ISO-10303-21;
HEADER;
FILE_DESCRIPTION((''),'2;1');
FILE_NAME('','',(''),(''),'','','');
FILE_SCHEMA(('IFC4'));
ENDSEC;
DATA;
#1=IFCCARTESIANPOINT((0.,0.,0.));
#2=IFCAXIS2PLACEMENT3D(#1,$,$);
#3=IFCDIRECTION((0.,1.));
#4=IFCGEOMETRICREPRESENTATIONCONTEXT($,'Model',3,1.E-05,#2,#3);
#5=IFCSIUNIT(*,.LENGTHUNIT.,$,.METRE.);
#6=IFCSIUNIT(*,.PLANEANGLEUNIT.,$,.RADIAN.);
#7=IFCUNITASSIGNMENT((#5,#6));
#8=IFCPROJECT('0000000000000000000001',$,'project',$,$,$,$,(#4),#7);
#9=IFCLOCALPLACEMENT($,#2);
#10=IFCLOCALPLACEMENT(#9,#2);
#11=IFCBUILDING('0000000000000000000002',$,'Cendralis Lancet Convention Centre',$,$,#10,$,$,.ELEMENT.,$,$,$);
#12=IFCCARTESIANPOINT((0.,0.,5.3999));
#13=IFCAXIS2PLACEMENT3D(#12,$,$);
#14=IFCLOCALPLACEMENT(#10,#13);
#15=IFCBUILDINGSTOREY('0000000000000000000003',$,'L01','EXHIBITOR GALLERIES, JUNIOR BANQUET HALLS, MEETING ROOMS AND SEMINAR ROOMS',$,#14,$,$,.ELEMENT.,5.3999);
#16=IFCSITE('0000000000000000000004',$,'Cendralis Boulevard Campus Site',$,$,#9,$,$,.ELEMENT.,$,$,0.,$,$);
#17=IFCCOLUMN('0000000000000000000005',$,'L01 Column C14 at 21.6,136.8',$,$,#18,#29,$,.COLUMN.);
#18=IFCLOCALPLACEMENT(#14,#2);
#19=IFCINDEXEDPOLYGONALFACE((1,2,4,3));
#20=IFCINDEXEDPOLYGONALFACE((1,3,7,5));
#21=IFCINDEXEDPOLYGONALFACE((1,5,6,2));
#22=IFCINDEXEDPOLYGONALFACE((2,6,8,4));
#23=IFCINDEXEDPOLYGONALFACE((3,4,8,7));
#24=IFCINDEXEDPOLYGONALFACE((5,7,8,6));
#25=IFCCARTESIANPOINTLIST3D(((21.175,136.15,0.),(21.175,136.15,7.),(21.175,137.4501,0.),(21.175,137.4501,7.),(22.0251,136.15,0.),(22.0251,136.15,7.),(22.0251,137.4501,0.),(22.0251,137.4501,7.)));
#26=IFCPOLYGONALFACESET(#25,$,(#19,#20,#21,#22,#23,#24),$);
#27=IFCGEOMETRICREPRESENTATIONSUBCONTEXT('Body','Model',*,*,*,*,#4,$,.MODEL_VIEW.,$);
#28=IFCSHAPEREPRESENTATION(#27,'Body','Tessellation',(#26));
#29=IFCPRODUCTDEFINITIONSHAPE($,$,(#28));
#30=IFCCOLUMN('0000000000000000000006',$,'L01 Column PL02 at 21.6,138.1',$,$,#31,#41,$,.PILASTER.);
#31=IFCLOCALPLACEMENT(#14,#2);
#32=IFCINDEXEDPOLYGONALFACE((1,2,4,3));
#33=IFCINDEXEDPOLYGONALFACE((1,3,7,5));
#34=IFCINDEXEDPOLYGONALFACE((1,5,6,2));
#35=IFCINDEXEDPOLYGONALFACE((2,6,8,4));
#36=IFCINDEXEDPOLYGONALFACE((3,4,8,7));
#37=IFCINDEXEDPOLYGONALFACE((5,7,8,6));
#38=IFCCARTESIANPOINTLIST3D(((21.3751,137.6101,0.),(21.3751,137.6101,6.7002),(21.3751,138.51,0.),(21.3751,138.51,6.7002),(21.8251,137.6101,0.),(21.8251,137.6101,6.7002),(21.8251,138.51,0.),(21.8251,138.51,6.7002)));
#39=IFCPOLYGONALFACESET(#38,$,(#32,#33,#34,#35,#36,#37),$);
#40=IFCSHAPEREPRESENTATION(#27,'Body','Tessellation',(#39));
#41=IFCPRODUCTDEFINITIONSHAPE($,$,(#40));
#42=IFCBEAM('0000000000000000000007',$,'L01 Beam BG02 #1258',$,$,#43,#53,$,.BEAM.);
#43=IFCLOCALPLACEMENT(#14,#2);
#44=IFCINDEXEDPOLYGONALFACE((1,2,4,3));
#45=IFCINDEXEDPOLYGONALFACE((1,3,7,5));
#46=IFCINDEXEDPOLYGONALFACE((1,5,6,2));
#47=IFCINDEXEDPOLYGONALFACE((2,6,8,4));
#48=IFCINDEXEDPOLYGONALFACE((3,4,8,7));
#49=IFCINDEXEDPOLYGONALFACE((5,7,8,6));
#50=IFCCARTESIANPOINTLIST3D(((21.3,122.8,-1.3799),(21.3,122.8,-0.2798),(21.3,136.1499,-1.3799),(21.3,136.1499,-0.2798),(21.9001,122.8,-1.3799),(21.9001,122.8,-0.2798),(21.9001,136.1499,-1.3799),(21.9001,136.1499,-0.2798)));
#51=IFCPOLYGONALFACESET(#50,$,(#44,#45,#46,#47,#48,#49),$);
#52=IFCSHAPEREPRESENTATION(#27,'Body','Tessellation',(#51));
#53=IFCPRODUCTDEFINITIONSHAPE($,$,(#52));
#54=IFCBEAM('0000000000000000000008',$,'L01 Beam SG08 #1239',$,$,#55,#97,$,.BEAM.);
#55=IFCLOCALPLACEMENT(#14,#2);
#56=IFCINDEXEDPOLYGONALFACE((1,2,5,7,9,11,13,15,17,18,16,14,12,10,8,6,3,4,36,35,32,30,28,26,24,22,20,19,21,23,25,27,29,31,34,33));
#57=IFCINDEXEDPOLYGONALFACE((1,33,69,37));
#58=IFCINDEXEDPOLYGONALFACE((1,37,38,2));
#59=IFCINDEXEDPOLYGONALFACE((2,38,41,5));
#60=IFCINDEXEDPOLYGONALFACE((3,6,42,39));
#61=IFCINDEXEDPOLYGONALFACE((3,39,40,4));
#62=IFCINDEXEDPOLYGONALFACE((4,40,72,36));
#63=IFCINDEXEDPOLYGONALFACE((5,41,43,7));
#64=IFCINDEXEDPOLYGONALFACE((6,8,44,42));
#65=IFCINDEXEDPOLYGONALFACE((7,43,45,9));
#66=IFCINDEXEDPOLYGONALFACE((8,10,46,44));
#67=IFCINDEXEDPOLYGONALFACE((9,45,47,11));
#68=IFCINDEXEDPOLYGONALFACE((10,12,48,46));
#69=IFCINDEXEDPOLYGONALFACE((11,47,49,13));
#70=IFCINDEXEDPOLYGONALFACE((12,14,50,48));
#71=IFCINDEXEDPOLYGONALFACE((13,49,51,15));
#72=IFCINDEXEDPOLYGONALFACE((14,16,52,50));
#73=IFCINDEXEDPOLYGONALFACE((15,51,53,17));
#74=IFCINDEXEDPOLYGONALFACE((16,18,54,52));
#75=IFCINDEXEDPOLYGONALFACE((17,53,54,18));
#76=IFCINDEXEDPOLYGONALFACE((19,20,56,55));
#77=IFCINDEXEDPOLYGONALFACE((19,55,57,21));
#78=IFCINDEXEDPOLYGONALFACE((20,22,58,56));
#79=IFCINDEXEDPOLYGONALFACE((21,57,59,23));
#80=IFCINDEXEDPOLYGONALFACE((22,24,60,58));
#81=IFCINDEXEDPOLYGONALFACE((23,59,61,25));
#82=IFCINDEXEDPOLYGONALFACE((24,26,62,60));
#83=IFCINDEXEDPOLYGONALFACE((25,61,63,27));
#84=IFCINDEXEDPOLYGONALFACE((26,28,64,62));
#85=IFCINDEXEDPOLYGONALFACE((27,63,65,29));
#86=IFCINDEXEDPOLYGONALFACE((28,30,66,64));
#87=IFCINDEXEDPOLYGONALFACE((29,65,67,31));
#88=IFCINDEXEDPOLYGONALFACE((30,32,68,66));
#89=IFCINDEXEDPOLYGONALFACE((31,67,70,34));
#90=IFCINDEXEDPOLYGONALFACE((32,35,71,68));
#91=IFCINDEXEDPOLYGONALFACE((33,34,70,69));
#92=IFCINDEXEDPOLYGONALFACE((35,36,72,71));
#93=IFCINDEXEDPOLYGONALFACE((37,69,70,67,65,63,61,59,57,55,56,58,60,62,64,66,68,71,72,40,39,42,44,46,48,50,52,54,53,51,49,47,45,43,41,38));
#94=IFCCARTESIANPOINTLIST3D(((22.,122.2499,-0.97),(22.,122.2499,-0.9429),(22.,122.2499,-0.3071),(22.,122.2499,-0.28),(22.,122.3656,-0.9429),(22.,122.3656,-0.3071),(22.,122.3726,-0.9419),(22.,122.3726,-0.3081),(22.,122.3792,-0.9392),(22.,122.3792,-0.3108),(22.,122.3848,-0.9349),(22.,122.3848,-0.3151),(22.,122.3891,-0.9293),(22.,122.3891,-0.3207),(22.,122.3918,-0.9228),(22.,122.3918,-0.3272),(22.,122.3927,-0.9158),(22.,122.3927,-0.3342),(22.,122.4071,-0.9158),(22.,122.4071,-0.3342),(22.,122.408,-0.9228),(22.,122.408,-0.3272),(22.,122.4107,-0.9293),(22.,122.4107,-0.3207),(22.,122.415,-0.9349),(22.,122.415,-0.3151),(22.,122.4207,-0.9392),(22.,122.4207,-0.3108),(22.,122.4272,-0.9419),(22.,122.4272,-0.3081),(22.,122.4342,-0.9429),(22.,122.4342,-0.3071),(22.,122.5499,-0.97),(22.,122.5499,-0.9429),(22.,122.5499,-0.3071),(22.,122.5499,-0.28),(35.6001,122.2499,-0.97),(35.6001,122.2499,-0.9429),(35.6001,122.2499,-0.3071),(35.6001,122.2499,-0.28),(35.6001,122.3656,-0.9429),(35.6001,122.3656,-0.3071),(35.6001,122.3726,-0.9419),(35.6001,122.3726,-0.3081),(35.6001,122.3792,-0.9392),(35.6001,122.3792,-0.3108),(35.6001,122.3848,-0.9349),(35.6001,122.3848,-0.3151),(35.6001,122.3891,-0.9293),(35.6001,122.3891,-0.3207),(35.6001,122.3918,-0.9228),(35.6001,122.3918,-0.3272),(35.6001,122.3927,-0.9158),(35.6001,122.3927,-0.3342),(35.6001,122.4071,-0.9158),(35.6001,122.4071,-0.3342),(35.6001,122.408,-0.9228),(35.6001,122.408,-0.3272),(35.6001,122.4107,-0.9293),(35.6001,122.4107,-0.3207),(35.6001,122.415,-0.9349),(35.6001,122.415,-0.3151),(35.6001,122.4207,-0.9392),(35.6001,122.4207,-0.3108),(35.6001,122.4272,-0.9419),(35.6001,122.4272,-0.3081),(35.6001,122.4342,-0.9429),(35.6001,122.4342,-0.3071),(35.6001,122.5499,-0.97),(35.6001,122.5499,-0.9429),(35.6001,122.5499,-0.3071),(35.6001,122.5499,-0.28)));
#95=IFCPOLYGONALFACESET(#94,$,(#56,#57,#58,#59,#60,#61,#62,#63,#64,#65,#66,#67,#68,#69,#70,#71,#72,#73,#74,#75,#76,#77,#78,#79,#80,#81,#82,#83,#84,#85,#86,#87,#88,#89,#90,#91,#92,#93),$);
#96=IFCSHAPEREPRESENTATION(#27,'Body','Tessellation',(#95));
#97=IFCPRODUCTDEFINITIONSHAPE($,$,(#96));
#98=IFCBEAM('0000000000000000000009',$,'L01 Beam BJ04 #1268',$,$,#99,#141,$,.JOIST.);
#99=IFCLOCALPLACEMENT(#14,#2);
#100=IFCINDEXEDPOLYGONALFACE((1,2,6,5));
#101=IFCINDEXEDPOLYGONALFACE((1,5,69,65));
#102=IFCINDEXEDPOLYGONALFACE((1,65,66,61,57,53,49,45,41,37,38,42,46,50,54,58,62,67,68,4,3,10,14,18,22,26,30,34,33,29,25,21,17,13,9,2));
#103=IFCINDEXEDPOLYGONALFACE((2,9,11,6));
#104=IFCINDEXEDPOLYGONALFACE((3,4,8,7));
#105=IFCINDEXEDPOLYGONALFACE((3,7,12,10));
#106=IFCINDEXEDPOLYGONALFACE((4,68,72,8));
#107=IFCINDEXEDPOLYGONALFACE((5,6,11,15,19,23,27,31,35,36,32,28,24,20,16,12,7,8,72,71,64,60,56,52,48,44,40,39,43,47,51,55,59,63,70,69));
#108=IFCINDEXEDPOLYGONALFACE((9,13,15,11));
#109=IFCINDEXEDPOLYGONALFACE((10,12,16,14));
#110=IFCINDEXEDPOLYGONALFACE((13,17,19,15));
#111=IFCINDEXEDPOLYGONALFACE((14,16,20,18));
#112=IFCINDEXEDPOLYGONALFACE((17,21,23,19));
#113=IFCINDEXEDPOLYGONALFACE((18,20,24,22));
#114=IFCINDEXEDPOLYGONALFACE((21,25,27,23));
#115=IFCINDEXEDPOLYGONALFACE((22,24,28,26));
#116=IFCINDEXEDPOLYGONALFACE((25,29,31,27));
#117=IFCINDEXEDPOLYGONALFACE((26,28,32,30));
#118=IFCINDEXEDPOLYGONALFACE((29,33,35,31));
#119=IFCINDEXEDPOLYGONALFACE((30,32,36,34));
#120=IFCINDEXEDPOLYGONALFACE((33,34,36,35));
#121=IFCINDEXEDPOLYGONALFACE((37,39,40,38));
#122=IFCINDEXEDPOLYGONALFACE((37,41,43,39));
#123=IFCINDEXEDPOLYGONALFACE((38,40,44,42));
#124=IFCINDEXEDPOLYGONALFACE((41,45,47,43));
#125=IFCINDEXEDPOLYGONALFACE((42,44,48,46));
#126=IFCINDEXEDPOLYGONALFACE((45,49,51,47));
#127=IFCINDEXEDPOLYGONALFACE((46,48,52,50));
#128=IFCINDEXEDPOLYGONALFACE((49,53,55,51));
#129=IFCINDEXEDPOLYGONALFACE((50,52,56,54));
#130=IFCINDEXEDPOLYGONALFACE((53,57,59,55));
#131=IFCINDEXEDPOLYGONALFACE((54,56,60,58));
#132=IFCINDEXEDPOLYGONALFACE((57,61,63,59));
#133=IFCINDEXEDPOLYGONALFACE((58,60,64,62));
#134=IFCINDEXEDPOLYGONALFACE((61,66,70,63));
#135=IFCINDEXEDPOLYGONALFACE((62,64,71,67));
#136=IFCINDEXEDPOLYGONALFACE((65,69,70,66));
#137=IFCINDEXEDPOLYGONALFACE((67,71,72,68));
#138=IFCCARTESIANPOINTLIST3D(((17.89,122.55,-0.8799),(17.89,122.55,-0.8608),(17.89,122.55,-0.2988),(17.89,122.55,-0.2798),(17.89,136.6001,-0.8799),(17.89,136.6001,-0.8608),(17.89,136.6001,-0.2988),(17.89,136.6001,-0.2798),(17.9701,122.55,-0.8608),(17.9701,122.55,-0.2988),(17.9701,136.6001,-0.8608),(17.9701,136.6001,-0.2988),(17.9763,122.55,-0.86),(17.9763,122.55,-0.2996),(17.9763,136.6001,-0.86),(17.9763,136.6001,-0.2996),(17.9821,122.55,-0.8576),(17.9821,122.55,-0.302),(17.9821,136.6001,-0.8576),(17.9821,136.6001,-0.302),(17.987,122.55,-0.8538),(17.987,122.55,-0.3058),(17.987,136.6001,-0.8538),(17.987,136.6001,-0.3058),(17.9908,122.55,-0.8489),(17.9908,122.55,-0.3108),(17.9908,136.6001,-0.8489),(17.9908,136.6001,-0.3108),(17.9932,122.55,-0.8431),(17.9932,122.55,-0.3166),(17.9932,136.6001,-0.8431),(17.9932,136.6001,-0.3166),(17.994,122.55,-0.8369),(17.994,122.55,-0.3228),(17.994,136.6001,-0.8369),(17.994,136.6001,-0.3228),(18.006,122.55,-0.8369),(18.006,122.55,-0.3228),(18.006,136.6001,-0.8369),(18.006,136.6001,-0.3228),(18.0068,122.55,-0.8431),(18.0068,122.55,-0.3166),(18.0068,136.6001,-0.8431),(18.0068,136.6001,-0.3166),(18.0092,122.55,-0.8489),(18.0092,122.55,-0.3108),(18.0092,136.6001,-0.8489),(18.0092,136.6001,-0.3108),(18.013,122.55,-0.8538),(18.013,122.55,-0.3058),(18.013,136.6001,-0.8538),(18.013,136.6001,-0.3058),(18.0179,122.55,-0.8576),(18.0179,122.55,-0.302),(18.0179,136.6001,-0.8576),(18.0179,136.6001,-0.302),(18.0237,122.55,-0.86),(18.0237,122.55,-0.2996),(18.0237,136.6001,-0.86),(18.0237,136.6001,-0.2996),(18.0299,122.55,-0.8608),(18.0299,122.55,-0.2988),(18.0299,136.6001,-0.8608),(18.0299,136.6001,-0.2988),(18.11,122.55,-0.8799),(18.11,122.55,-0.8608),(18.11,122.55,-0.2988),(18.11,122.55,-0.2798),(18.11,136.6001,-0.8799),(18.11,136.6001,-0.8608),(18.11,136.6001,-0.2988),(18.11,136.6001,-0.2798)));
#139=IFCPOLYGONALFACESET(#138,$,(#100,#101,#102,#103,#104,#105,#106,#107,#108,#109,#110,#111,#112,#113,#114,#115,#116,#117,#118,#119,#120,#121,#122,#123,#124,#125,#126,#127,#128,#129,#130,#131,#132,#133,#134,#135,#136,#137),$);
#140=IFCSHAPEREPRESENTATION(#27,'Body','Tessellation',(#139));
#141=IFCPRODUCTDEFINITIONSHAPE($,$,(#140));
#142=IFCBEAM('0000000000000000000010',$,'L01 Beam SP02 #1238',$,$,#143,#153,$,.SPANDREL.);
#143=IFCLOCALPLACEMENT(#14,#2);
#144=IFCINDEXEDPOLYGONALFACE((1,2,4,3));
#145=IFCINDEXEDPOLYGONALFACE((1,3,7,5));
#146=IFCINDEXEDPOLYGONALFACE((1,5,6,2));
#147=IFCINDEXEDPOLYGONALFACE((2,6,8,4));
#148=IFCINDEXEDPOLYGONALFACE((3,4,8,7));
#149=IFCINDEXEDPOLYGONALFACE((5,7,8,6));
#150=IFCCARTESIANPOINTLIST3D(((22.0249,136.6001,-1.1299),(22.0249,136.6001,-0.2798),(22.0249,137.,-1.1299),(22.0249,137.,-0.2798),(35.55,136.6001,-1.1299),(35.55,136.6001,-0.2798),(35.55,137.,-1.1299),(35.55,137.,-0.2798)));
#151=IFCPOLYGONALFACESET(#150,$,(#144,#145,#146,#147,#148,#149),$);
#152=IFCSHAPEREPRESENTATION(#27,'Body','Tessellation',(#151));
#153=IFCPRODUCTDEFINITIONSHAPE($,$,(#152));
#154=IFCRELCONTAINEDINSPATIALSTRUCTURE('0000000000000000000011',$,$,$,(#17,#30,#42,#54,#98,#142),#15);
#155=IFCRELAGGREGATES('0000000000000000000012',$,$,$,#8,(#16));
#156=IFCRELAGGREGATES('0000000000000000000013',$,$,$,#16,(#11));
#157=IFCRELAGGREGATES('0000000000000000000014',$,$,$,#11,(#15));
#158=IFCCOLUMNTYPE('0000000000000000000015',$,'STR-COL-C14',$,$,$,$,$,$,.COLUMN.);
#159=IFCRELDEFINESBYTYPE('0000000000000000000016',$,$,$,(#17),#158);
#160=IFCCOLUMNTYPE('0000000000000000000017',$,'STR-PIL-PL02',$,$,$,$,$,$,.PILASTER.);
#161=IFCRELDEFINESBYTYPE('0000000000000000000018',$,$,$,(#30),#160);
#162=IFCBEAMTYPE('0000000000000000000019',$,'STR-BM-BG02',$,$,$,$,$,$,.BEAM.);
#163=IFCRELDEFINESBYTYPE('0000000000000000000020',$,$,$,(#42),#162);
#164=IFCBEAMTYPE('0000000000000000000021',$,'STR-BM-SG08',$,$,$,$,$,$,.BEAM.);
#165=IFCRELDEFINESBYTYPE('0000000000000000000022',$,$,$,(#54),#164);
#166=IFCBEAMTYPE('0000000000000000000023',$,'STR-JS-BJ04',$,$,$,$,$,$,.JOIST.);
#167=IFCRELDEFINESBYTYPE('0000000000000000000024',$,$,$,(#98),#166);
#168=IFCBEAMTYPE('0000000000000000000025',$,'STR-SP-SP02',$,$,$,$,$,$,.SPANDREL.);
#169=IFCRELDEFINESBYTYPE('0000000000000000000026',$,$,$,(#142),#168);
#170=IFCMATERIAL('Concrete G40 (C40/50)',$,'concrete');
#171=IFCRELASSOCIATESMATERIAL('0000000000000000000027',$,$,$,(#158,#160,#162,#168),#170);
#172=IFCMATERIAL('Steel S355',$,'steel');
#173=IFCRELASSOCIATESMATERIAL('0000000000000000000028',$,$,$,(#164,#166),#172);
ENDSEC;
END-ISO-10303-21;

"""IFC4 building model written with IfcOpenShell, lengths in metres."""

from ifc_helpers import new_model, si_unit, direction, frame, origin, origin_2d, place, context, subcontext, project, spatial, rectangle, i_section, extrude, material, material_profile, profile_set, type_object, element, save


model = new_model("IFC4")

# Units and contexts
model_context = context("Model", 3, precision=1e-05, world=origin(), true_north=direction((0.0, 1.0)))
body_context = subcontext(model_context, "Body", "Model", "MODEL_VIEW")
ifc_project = project(units=[si_unit("LENGTHUNIT", "METRE"), si_unit("PLANEANGLEUNIT", "RADIAN")], contexts=[model_context])

# Site, building, storey
site_placement = place(None, origin())
site = spatial("IfcSite", under=ifc_project, at=site_placement, Name="Cendralis Boulevard Campus Site", CompositionType="ELEMENT", RefElevation=0.0)
building_placement = place(site_placement, origin())
building = spatial("IfcBuilding", under=site, at=building_placement, Name="Cendralis Lancet Convention Centre", CompositionType="ELEMENT")
storey_placement = place(building_placement, frame((0.0, 0.0, 5.3999)))
storey = spatial("IfcBuildingStorey", under=building, at=storey_placement, Name="L01", Description="EXHIBITOR GALLERIES, JUNIOR BANQUET HALLS, MEETING ROOMS AND SEMINAR ROOMS", CompositionType="ELEMENT", Elevation=5.3999)

# Columns
ifc_material_1 = material(Name="Concrete G40 (C40/50)", Category="concrete")
ifc_material_profile_1 = material_profile(ifc_material_1, rectangle(XDim=0.8501, YDim=1.3, at=origin_2d()), Name="RC 850x1300")
ifc_profile_set_1 = profile_set([ifc_material_profile_1], Name="Concrete G40 (C40/50)")
column_type_1 = type_object("IfcColumnType", Name="STR-COL-C14", PredefinedType="COLUMN", material=ifc_profile_set_1)
column_1_placement = place(storey_placement, frame((21.6001, 136.8, 0.0), z_axis=(0.0, 0.0, 1.0), x_axis=(1.0, 0.0, 0.0)))
element("IfcColumn", 1, at=column_1_placement, inside=storey, type_object=column_type_1, Name="L01 Column C14 at 21.6,136.8", PredefinedType="COLUMN", context=body_context, shape_type="SweptSolid", body=[
    extrude(rectangle(XDim=0.8501, YDim=1.3, at=origin_2d()), origin(), (0.0, 0.0, 1.0), 7.0),
])
ifc_material_profile_2 = material_profile(ifc_material_1, rectangle(XDim=0.45, YDim=0.8999, at=origin_2d()), Name="RC 450x900")
ifc_profile_set_2 = profile_set([ifc_material_profile_2], Name="Concrete G40 (C40/50)")
column_type_2 = type_object("IfcColumnType", Name="STR-PIL-PL02", PredefinedType="PILASTER", material=ifc_profile_set_2)
column_2_placement = place(storey_placement, frame((21.6001, 138.0601, 0.0), z_axis=(0.0, 0.0, 1.0), x_axis=(1.0, 0.0, 0.0)))
element("IfcColumn", 2, at=column_2_placement, inside=storey, type_object=column_type_2, Name="L01 Column PL02 at 21.6,138.1", PredefinedType="PILASTER", context=body_context, shape_type="SweptSolid", body=[
    extrude(rectangle(XDim=0.45, YDim=0.8999, at=origin_2d()), origin(), (0.0, 0.0, 1.0), 6.7002),
])

# Beams
ifc_material_profile_3 = material_profile(ifc_material_1, rectangle(XDim=0.6001, YDim=1.1001, at=origin_2d()), Name="RCB 600x1100")
ifc_profile_set_3 = profile_set([ifc_material_profile_3], Name="Concrete G40 (C40/50)")
beam_type_1 = type_object("IfcBeamType", Name="STR-BM-BG02", PredefinedType="BEAM", material=ifc_profile_set_3)
beam_1_placement = place(storey_placement, frame((21.6001, 122.8, -0.8298), z_axis=(0.0, 1.0, 0.0), x_axis=(-1.0, 0.0, 0.0)))
element("IfcBeam", 3, at=beam_1_placement, inside=storey, type_object=beam_type_1, Name="L01 Beam BG02 #1258", PredefinedType="BEAM", context=body_context, shape_type="SweptSolid", body=[
    extrude(rectangle(XDim=0.6001, YDim=1.1001, at=origin_2d()), origin(), (0.0, 0.0, 1.0), 13.3499),
])
ifc_material_2 = material(Name="Steel S355", Category="steel")
ifc_material_profile_4 = material_profile(ifc_material_2, i_section(OverallWidth=0.3, OverallDepth=0.6899, WebThickness=0.0144, FlangeThickness=0.0271, FilletRadius=0.0271, at=origin_2d()), Name="HEA 700")
ifc_profile_set_4 = profile_set([ifc_material_profile_4], Name="Steel S355")
beam_type_2 = type_object("IfcBeamType", Name="STR-BM-SG08", PredefinedType="BEAM", material=ifc_profile_set_4)
beam_2_placement = place(storey_placement, frame((22.0, 122.3999, -0.625), z_axis=(1.0, 0.0, 0.0), x_axis=(0.0, 1.0, 0.0)))
element("IfcBeam", 4, at=beam_2_placement, inside=storey, type_object=beam_type_2, Name="L01 Beam SG08 #1239", PredefinedType="BEAM", context=body_context, shape_type="SweptSolid", body=[
    extrude(i_section(OverallWidth=0.3, OverallDepth=0.6899, WebThickness=0.0144, FlangeThickness=0.0271, FilletRadius=0.0271, at=origin_2d()), origin(), (0.0, 0.0, 1.0), 13.6001),
])
ifc_material_profile_5 = material_profile(ifc_material_2, i_section(OverallWidth=0.22, OverallDepth=0.6001, WebThickness=0.012, FlangeThickness=0.019, FilletRadius=0.0239, at=origin_2d()), Name="IPE 600")
ifc_profile_set_5 = profile_set([ifc_material_profile_5], Name="Steel S355")
beam_type_3 = type_object("IfcBeamType", Name="STR-JS-BJ04", PredefinedType="JOIST", material=ifc_profile_set_5)
beam_3_placement = place(storey_placement, frame((18.0, 122.55, -0.5798), z_axis=(0.0, 1.0, 0.0), x_axis=(-1.0, 0.0, 0.0)))
element("IfcBeam", 5, at=beam_3_placement, inside=storey, type_object=beam_type_3, Name="L01 Beam BJ04 #1268", PredefinedType="JOIST", context=body_context, shape_type="SweptSolid", body=[
    extrude(i_section(OverallWidth=0.22, OverallDepth=0.6001, WebThickness=0.012, FlangeThickness=0.019, FilletRadius=0.0239, at=origin_2d()), origin(), (0.0, 0.0, 1.0), 14.05),
])
ifc_material_profile_6 = material_profile(ifc_material_1, rectangle(XDim=0.3999, YDim=0.8501, at=origin_2d()), Name="RCB 400x850")
ifc_profile_set_6 = profile_set([ifc_material_profile_6], Name="Concrete G40 (C40/50)")
beam_type_4 = type_object("IfcBeamType", Name="STR-SP-SP02", PredefinedType="SPANDREL", material=ifc_profile_set_6)
beam_4_placement = place(storey_placement, frame((22.0249, 136.8, -0.7048), z_axis=(1.0, 0.0, 0.0), x_axis=(0.0, 1.0, 0.0)))
element("IfcBeam", 6, at=beam_4_placement, inside=storey, type_object=beam_type_4, Name="L01 Beam SP02 #1238", PredefinedType="SPANDREL", context=body_context, shape_type="SweptSolid", body=[
    extrude(rectangle(XDim=0.3999, YDim=0.8501, at=origin_2d()), origin(), (0.0, 0.0, 1.0), 13.5251),
])

save(model, "model.ifc")
